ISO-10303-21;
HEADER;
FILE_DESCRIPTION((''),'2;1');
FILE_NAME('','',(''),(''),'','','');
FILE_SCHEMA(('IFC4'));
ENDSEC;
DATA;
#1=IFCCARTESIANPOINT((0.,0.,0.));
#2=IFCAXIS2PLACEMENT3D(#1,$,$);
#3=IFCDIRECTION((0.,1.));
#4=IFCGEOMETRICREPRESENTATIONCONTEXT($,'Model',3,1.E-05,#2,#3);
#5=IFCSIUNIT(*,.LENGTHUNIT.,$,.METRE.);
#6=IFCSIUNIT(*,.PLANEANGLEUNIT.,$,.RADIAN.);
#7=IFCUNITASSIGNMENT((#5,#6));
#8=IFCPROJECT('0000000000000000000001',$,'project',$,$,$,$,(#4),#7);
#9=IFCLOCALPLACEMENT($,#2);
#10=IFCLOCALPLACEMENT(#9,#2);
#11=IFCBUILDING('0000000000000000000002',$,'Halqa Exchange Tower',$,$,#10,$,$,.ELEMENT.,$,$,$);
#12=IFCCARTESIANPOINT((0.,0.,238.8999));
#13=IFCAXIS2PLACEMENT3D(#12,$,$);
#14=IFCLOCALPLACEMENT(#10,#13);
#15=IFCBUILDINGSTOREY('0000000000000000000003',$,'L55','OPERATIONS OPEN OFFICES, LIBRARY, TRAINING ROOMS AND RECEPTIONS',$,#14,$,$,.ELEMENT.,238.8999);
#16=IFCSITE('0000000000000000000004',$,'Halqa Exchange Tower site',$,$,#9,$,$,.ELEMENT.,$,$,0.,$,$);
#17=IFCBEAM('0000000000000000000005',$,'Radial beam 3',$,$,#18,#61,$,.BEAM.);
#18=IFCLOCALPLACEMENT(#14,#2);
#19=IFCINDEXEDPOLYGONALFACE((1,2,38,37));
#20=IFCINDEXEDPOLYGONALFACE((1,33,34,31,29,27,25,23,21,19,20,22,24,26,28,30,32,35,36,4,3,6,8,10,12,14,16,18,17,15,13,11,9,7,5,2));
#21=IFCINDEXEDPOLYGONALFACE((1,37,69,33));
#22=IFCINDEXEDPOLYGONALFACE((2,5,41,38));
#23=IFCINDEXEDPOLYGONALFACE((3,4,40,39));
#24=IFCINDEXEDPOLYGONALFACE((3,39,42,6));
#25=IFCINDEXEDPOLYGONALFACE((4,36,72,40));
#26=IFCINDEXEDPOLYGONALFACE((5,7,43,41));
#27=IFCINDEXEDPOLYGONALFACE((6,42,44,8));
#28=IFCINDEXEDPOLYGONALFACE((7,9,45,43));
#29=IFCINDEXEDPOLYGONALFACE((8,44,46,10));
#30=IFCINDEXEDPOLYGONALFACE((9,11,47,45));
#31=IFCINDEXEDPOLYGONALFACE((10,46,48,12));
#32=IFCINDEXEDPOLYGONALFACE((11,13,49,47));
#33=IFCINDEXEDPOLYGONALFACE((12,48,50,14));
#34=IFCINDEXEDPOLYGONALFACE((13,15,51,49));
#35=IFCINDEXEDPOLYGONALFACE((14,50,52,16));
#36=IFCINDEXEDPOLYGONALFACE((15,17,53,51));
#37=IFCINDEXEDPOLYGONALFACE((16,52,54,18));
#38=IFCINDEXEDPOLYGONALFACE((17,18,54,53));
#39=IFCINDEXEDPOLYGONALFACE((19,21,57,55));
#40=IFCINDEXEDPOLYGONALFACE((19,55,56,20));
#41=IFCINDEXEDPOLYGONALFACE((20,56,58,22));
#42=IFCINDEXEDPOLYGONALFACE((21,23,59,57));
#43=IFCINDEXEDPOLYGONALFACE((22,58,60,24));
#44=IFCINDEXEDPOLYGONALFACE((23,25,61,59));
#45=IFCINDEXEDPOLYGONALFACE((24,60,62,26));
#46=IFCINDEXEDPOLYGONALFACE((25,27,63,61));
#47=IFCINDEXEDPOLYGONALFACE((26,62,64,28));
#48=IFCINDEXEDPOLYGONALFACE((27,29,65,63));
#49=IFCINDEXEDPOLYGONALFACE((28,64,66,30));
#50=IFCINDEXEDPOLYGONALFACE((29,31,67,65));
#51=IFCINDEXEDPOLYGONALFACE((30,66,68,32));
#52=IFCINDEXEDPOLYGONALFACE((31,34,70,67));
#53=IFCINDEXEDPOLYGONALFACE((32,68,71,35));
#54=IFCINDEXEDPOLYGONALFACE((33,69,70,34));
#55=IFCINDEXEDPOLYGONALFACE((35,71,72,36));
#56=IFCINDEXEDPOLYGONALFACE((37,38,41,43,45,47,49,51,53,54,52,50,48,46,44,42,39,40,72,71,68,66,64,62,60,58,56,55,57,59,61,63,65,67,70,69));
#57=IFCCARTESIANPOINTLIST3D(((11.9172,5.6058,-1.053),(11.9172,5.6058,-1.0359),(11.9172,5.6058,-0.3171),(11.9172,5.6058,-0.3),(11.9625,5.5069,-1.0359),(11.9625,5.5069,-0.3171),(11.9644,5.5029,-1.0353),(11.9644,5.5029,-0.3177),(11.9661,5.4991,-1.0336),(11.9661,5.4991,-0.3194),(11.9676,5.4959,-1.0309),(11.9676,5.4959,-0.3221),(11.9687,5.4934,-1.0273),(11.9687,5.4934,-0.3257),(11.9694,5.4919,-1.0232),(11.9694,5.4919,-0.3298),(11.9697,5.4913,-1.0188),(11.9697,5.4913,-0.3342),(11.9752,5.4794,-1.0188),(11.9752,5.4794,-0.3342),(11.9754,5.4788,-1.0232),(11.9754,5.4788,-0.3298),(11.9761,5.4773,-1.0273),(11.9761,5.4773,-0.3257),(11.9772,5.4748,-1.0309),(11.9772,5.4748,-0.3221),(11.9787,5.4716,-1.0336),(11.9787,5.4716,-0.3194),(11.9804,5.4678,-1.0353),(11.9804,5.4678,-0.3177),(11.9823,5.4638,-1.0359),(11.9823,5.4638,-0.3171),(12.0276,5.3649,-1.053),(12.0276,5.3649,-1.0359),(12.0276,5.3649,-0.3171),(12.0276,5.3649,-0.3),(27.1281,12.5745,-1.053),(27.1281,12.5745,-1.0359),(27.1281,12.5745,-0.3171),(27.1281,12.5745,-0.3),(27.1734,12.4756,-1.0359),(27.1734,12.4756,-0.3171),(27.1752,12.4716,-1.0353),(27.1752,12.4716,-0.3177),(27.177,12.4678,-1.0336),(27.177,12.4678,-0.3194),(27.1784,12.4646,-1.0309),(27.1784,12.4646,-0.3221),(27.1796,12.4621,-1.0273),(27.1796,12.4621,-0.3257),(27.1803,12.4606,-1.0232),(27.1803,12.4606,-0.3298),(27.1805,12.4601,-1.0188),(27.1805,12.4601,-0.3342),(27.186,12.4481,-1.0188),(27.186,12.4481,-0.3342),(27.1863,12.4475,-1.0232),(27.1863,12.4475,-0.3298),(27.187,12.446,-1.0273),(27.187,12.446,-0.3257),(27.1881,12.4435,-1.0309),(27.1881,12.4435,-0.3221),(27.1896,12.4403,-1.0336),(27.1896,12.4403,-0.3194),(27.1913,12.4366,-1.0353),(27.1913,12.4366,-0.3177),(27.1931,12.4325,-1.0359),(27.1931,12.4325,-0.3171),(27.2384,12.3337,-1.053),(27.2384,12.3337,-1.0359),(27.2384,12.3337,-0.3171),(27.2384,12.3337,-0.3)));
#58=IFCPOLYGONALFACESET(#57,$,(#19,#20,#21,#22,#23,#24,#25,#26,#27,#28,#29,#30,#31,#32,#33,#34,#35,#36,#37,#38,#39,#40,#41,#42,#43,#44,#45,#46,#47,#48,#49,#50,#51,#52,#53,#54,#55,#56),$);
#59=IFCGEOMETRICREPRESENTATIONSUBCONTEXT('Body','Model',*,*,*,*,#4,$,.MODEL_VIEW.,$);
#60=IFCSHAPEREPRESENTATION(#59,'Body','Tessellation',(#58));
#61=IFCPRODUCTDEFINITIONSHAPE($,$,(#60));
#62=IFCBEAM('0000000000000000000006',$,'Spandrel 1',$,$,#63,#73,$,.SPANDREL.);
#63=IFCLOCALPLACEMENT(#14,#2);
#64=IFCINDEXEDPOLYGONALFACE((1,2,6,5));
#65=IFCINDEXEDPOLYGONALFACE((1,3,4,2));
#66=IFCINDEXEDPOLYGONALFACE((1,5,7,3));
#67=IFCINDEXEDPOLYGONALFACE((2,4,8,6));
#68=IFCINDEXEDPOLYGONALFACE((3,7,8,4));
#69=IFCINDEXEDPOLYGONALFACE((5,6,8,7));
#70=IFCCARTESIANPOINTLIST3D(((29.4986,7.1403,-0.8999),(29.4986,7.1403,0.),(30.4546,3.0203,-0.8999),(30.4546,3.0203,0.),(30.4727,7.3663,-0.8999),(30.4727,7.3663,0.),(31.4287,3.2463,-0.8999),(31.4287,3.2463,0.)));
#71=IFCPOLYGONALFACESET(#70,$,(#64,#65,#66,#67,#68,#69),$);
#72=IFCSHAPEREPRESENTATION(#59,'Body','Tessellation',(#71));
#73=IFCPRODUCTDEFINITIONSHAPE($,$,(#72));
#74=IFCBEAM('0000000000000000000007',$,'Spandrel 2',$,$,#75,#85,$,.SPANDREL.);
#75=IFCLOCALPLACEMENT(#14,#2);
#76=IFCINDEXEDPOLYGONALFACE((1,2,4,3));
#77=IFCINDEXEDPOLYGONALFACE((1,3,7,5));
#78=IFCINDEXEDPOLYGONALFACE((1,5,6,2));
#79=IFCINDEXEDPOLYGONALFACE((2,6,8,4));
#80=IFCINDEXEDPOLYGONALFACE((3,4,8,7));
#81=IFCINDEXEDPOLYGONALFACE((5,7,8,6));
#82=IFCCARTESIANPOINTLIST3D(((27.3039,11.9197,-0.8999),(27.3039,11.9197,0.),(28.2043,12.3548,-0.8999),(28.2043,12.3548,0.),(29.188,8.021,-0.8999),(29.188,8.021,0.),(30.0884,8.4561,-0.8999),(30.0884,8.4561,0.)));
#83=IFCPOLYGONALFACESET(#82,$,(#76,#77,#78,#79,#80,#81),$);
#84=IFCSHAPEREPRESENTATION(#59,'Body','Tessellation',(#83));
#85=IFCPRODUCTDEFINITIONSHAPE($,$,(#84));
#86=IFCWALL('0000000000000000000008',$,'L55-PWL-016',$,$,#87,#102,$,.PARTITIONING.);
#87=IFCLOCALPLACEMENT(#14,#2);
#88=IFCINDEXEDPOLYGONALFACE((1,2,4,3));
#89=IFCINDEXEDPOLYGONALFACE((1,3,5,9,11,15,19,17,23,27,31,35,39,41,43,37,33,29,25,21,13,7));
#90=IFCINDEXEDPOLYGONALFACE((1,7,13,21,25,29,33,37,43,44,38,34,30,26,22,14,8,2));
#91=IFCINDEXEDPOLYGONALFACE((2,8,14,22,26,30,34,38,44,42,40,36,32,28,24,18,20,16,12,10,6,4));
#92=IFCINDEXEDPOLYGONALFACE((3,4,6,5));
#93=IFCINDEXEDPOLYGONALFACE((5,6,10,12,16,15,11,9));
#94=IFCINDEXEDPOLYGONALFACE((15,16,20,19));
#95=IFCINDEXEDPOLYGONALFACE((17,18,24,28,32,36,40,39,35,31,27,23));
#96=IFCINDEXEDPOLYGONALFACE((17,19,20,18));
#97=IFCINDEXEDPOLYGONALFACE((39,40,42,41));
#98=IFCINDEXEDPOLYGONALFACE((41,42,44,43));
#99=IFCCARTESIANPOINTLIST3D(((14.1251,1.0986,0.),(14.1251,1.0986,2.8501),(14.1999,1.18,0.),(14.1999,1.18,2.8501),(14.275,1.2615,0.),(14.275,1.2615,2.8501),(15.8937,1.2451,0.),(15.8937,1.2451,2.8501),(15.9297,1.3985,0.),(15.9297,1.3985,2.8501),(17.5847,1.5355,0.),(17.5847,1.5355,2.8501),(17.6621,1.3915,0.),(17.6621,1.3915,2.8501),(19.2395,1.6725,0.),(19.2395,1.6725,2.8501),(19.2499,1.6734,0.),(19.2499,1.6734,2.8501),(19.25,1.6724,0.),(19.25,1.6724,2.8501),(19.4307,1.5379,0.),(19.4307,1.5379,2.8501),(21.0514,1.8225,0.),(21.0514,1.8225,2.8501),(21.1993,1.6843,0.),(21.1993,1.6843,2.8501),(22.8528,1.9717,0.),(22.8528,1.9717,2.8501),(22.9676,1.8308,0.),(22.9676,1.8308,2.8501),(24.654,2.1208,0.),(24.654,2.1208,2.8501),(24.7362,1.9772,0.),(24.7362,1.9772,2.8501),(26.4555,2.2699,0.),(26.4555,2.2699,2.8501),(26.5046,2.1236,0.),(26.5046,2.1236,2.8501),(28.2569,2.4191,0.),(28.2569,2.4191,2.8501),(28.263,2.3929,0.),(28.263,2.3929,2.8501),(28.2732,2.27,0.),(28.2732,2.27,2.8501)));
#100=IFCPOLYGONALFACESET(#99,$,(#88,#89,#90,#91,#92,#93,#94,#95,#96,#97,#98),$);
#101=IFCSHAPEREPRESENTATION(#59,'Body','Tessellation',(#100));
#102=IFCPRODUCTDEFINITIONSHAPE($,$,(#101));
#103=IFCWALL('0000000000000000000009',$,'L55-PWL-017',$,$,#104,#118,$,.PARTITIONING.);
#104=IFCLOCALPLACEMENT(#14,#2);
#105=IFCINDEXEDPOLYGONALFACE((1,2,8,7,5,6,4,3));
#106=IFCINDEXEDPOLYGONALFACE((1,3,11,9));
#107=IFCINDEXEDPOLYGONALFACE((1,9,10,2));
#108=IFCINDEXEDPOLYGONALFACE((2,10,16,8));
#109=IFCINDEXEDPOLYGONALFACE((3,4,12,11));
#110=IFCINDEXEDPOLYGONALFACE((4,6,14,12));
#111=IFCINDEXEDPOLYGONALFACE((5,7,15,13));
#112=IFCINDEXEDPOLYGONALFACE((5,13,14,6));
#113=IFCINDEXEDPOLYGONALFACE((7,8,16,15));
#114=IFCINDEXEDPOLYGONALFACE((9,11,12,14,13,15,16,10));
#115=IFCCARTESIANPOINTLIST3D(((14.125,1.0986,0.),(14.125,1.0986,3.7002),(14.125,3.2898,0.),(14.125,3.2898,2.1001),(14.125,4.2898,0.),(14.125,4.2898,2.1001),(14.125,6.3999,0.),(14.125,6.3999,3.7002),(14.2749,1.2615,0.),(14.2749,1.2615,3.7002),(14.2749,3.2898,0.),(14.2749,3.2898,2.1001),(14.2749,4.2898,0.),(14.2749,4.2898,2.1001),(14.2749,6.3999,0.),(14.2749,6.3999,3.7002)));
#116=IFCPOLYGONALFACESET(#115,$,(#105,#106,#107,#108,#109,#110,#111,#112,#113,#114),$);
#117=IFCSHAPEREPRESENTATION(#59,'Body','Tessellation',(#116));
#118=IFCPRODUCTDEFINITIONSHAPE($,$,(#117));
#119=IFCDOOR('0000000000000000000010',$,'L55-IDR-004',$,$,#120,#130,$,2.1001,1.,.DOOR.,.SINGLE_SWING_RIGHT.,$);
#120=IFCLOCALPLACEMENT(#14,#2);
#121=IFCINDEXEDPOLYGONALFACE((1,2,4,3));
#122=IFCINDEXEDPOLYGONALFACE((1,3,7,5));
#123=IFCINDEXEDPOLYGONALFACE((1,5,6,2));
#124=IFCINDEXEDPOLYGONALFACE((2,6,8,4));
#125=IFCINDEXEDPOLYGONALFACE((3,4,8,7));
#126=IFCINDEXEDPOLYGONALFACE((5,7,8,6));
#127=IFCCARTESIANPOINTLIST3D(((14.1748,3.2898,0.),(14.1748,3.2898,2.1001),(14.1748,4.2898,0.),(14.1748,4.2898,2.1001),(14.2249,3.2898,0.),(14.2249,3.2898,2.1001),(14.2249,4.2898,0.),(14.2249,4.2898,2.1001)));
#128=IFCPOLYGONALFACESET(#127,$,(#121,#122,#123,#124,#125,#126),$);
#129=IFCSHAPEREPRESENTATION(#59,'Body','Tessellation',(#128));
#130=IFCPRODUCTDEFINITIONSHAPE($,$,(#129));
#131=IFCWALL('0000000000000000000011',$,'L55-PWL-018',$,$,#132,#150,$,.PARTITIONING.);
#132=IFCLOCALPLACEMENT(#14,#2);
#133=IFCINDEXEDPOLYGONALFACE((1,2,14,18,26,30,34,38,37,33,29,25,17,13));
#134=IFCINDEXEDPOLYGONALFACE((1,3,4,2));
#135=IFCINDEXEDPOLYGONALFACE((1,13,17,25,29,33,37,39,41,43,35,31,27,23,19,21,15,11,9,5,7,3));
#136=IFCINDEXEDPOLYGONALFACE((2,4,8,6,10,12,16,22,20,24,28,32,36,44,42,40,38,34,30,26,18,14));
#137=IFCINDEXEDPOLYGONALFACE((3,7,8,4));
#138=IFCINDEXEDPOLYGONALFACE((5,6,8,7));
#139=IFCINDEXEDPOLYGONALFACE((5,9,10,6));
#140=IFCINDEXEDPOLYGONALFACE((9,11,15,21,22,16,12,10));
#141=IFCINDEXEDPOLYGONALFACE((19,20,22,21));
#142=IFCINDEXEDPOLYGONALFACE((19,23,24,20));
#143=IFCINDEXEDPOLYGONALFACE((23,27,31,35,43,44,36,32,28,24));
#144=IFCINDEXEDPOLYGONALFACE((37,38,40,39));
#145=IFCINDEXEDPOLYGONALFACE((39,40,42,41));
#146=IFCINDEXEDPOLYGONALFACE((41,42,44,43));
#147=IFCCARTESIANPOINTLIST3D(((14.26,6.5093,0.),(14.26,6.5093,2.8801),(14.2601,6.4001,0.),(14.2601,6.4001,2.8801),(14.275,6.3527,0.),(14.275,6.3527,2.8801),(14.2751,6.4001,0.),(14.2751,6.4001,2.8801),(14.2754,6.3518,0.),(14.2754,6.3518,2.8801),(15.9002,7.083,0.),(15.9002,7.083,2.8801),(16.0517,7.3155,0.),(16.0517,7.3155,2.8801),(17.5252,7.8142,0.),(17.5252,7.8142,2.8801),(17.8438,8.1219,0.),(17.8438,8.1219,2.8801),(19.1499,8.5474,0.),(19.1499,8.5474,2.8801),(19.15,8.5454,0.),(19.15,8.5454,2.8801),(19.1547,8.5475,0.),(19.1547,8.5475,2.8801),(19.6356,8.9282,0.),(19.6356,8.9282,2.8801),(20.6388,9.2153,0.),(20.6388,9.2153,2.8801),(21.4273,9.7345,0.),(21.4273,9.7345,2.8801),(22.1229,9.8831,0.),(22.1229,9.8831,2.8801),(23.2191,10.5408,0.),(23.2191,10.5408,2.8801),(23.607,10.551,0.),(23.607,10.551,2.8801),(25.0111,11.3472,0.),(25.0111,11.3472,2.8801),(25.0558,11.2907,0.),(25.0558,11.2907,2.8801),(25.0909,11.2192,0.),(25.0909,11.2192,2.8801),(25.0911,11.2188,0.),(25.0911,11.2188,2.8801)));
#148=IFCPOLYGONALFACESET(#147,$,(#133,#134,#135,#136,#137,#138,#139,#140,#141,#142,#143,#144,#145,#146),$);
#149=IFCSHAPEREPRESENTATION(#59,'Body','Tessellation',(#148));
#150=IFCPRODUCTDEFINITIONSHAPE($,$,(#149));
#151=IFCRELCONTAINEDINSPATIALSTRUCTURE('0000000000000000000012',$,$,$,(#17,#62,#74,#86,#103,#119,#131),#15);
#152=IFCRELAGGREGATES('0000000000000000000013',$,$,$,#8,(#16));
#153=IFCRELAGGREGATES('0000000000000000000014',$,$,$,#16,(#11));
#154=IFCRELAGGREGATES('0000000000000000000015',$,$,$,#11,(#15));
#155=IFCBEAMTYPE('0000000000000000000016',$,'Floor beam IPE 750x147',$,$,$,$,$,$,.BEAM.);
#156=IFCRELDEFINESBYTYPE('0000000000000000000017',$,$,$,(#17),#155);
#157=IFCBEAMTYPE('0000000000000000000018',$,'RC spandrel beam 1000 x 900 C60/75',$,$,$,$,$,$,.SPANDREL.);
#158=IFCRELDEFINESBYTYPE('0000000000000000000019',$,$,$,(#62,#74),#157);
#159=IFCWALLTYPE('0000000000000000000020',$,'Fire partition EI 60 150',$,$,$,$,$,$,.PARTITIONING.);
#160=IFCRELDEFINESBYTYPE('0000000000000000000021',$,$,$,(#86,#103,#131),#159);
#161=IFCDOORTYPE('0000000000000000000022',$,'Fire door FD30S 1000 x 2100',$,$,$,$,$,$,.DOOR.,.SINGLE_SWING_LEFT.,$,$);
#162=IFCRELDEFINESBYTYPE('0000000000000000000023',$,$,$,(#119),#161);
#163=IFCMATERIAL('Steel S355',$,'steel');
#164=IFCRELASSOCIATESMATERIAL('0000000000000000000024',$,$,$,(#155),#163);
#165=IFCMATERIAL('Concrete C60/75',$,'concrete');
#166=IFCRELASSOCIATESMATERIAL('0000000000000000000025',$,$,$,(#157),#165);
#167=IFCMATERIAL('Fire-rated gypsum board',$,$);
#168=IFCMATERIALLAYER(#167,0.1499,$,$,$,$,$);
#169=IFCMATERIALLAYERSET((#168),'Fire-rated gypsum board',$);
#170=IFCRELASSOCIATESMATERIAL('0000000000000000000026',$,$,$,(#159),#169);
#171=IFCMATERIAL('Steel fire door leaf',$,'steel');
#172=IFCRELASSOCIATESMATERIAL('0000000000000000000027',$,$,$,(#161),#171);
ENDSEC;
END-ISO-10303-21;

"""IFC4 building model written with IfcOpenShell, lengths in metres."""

from ifc_helpers import new_model, si_unit, direction, frame, frame_2d, origin, origin_2d, place, context, subcontext, project, spatial, polyline, rectangle, i_section, outline, extrude, material, layer, layer_set, material_profile, profile_set, type_object, element, fill, save


model = new_model("IFC4")

# Units and contexts
model_context = context("Model", 3, precision=1e-05, world=origin(), true_north=direction((0.0, 1.0)))
body_context = subcontext(model_context, "Body", "Model", "MODEL_VIEW")
ifc_project = project(units=[si_unit("LENGTHUNIT", "METRE"), si_unit("PLANEANGLEUNIT", "RADIAN")], contexts=[model_context])

# Site, building, storey
site_placement = place(None, origin())
site = spatial("IfcSite", under=ifc_project, at=site_placement, Name="Halqa Exchange Tower site", CompositionType="ELEMENT", RefElevation=0.0)
building_placement = place(site_placement, origin())
building = spatial("IfcBuilding", under=site, at=building_placement, Name="Halqa Exchange Tower", CompositionType="ELEMENT")
storey_placement = place(building_placement, frame((0.0, 0.0, 238.8999)))
storey = spatial("IfcBuildingStorey", under=building, at=storey_placement, Name="L55", Description="OPERATIONS OPEN OFFICES, LIBRARY, TRAINING ROOMS AND RECEPTIONS", CompositionType="ELEMENT", Elevation=238.8999)

# Shared definitions
ifc_material_1 = material(Name="Concrete C60/75", Category="concrete")

# Beams
ifc_material_2 = material(Name="Steel S355", Category="steel")
ifc_material_profile_1 = material_profile(ifc_material_2, i_section(OverallWidth=0.2649, OverallDepth=0.7529, WebThickness=0.0132, FlangeThickness=0.0171, FilletRadius=0.0171, at=origin_2d()), Name="IPE 750x147")
ifc_profile_set_1 = profile_set([ifc_material_profile_1], Name="Steel S355")
beam_type_1 = type_object("IfcBeamType", Name="Floor beam IPE 750x147", PredefinedType="BEAM", material=ifc_profile_set_1)
beam_1_placement = place(storey_placement, frame((11.9724, 5.4854, -0.6765), z_axis=(0.909131, 0.41651, 0.0), x_axis=(-0.41651, 0.909131, 0.0)))
element("IfcBeam", 1, at=beam_1_placement, inside=storey, type_object=beam_type_1, Name="Radial beam 3", PredefinedType="BEAM", context=body_context, shape_type="SweptSolid", body=[
    extrude(i_section(OverallWidth=0.2649, OverallDepth=0.7529, WebThickness=0.0132, FlangeThickness=0.0171, FilletRadius=0.0171, at=origin_2d()), origin(), (0.0, 0.0, 1.0), 16.7312),
])
ifc_material_profile_2 = material_profile(ifc_material_1, rectangle(XDim=1.0, YDim=0.8999, at=origin_2d()), Name="1000 x 900")
ifc_profile_set_2 = profile_set([ifc_material_profile_2], Name="Concrete C60/75")
beam_type_2 = type_object("IfcBeamType", Name="RC spandrel beam 1000 x 900 C60/75", PredefinedType="SPANDREL", material=ifc_profile_set_2)
beam_2_placement = place(storey_placement, frame((30.9417, 3.1333, -0.45), z_axis=(-0.22604, 0.974118, 0.0), x_axis=(-0.974118, -0.22604, 0.0)))
element("IfcBeam", 2, at=beam_2_placement, inside=storey, type_object=beam_type_2, Name="Spandrel 1", PredefinedType="SPANDREL", context=body_context, shape_type="SweptSolid", body=[
    extrude(rectangle(XDim=1.0, YDim=0.8999, at=origin_2d()), origin(), (0.0, 0.0, 1.0), 4.2295),
])
beam_3_placement = place(storey_placement, frame((29.6382, 8.2385, -0.45), z_axis=(-0.435107, 0.900379, 0.0), x_axis=(-0.900379, -0.435107, 0.0)))
element("IfcBeam", 3, at=beam_3_placement, inside=storey, type_object=beam_type_2, Name="Spandrel 2", PredefinedType="SPANDREL", context=body_context, shape_type="SweptSolid", body=[
    extrude(rectangle(XDim=1.0, YDim=0.8999, at=origin_2d()), origin(), (0.0, 0.0, 1.0), 4.3301),
])

# Wall
ifc_material_3 = material(Name="Fire-rated gypsum board")
ifc_layer_1 = layer(ifc_material_3, 0.1499)
ifc_layer_set_1 = layer_set([ifc_layer_1], Name="Fire-rated gypsum board")
wall_type_1 = type_object("IfcWallType", Name="Fire partition EI 60 150", PredefinedType="PARTITIONING", material=ifc_layer_set_1)
wall_1_placement = place(storey_placement, frame((14.1189, 1.1733, 0.0), z_axis=(0.0, 0.0, 1.0), x_axis=(0.99659, 0.082512, 0.0)))
element("IfcWall", 4, at=wall_1_placement, inside=storey, type_object=wall_type_1, Name="L55-PWL-016", PredefinedType="PARTITIONING", context=body_context, shape_type="SweptSolid", body=[
    extrude(outline(polyline([(14.1965, -0.075), (14.1965, 0.0483), (14.1926, 0.075), (12.385, 0.075), (10.5774, 0.075), (8.77, 0.075), (6.9624, 0.075), (5.1548, 0.075), (5.1548, 0.074), (5.1443, 0.075), (3.4839, 0.075), (1.8232, 0.075), (0.1628, 0.075), (0.0813, 0.0), (0.0, -0.075), (1.7747, -0.075), (3.5491, -0.075), (5.3237, -0.075), (7.0984, -0.075), (8.8728, -0.075), (10.6475, -0.075), (12.4219, -0.075), (14.1965, -0.075)])), origin(), (0.0, 0.0, 1.0), 2.8501),
])

# Wall, opening, door
wall_2_placement = place(storey_placement, frame((14.2, 6.3999, 0.0), z_axis=(0.0, 0.0, 1.0), x_axis=(0.0, -1.0, 0.0)))
wall_2 = element("IfcWall", 5, at=wall_2_placement, inside=storey, type_object=wall_type_1, Name="L55-PWL-017", PredefinedType="PARTITIONING", context=body_context, shape_type="SweptSolid", body=[
    extrude(outline(polyline([(0.0, -0.075), (1.7671, -0.075), (3.5342, -0.075), (5.3013, -0.075), (5.1384, 0.075), (3.4258, 0.075), (1.7129, 0.075), (0.0, 0.075), (0.0, -0.075)])), origin(), (0.0, 0.0, 1.0), 3.7002),
])
opening_1_placement = place(wall_2_placement, frame((2.1101, 0.0, 0.0)))
opening_1 = element("IfcOpeningElement", 6, at=opening_1_placement, cuts=wall_2, PredefinedType="OPENING", context=body_context, shape_type="SweptSolid", body=[
    extrude(rectangle(XDim=1.0, YDim=2.1001, at=frame_2d((0.5, 1.05))), frame((0.0, 0.0869, 0.0), z_axis=(0.0, -1.0, 0.0), x_axis=(1.0, 0.0, 0.0)), (0.0, 0.0, 1.0), 0.1738),
])
ifc_material_4 = material(Name="Steel fire door leaf", Category="steel")
door_type_1 = type_object("IfcDoorType", Name="Fire door FD30S 1000 x 2100", OperationType="SINGLE_SWING_LEFT", PredefinedType="DOOR", material=ifc_material_4)
door_1_placement = place(opening_1_placement, origin())
door_1 = element("IfcDoor", 7, at=door_1_placement, inside=storey, type_object=door_type_1, Name="L55-IDR-004", OperationType="SINGLE_SWING_RIGHT", OverallHeight=2.1001, OverallWidth=1.0, PredefinedType="DOOR", context=body_context, shape_type="SweptSolid", body=[
    extrude(rectangle(XDim=1.0, YDim=2.1001, at=frame_2d((0.5, 1.05))), frame((0.0, 0.0249, 0.0), z_axis=(0.0, -1.0, 0.0), x_axis=(1.0, 0.0, 0.0)), (0.0, 0.0, 1.0), 0.05),
])
fill(opening_1, door_1)

# Wall
wall_3_placement = place(storey_placement, frame((14.2446, 6.4202, 0.0), z_axis=(0.0, 0.0, 1.0), x_axis=(0.911925, 0.410357, 0.0)))
element("IfcWall", 8, at=wall_3_placement, inside=storey, type_object=wall_type_1, Name="L55-PWL-018", PredefinedType="PARTITIONING", context=body_context, shape_type="SweptSolid", body=[
    extrude(outline(polyline([(0.0, -0.075), (1.7817, -0.075), (3.5637, -0.075), (5.3455, -0.075), (5.3462, -0.073), (5.3506, -0.075), (6.978, -0.075), (8.6055, -0.075), (10.2329, -0.075), (11.8604, -0.075), (11.8604, -0.0745), (11.8577, 0.0051), (11.8401, 0.075), (9.875, 0.075), (7.9102, 0.075), (5.9453, 0.075), (3.9805, 0.075), (2.0154, 0.075), (0.0505, 0.075), (0.0059, -0.0247), (0.0195, -0.0308), (0.0, -0.074), (0.0, -0.075)])), origin(), (0.0, 0.0, 1.0), 2.8801),
])

save(model, "model.ifc")
